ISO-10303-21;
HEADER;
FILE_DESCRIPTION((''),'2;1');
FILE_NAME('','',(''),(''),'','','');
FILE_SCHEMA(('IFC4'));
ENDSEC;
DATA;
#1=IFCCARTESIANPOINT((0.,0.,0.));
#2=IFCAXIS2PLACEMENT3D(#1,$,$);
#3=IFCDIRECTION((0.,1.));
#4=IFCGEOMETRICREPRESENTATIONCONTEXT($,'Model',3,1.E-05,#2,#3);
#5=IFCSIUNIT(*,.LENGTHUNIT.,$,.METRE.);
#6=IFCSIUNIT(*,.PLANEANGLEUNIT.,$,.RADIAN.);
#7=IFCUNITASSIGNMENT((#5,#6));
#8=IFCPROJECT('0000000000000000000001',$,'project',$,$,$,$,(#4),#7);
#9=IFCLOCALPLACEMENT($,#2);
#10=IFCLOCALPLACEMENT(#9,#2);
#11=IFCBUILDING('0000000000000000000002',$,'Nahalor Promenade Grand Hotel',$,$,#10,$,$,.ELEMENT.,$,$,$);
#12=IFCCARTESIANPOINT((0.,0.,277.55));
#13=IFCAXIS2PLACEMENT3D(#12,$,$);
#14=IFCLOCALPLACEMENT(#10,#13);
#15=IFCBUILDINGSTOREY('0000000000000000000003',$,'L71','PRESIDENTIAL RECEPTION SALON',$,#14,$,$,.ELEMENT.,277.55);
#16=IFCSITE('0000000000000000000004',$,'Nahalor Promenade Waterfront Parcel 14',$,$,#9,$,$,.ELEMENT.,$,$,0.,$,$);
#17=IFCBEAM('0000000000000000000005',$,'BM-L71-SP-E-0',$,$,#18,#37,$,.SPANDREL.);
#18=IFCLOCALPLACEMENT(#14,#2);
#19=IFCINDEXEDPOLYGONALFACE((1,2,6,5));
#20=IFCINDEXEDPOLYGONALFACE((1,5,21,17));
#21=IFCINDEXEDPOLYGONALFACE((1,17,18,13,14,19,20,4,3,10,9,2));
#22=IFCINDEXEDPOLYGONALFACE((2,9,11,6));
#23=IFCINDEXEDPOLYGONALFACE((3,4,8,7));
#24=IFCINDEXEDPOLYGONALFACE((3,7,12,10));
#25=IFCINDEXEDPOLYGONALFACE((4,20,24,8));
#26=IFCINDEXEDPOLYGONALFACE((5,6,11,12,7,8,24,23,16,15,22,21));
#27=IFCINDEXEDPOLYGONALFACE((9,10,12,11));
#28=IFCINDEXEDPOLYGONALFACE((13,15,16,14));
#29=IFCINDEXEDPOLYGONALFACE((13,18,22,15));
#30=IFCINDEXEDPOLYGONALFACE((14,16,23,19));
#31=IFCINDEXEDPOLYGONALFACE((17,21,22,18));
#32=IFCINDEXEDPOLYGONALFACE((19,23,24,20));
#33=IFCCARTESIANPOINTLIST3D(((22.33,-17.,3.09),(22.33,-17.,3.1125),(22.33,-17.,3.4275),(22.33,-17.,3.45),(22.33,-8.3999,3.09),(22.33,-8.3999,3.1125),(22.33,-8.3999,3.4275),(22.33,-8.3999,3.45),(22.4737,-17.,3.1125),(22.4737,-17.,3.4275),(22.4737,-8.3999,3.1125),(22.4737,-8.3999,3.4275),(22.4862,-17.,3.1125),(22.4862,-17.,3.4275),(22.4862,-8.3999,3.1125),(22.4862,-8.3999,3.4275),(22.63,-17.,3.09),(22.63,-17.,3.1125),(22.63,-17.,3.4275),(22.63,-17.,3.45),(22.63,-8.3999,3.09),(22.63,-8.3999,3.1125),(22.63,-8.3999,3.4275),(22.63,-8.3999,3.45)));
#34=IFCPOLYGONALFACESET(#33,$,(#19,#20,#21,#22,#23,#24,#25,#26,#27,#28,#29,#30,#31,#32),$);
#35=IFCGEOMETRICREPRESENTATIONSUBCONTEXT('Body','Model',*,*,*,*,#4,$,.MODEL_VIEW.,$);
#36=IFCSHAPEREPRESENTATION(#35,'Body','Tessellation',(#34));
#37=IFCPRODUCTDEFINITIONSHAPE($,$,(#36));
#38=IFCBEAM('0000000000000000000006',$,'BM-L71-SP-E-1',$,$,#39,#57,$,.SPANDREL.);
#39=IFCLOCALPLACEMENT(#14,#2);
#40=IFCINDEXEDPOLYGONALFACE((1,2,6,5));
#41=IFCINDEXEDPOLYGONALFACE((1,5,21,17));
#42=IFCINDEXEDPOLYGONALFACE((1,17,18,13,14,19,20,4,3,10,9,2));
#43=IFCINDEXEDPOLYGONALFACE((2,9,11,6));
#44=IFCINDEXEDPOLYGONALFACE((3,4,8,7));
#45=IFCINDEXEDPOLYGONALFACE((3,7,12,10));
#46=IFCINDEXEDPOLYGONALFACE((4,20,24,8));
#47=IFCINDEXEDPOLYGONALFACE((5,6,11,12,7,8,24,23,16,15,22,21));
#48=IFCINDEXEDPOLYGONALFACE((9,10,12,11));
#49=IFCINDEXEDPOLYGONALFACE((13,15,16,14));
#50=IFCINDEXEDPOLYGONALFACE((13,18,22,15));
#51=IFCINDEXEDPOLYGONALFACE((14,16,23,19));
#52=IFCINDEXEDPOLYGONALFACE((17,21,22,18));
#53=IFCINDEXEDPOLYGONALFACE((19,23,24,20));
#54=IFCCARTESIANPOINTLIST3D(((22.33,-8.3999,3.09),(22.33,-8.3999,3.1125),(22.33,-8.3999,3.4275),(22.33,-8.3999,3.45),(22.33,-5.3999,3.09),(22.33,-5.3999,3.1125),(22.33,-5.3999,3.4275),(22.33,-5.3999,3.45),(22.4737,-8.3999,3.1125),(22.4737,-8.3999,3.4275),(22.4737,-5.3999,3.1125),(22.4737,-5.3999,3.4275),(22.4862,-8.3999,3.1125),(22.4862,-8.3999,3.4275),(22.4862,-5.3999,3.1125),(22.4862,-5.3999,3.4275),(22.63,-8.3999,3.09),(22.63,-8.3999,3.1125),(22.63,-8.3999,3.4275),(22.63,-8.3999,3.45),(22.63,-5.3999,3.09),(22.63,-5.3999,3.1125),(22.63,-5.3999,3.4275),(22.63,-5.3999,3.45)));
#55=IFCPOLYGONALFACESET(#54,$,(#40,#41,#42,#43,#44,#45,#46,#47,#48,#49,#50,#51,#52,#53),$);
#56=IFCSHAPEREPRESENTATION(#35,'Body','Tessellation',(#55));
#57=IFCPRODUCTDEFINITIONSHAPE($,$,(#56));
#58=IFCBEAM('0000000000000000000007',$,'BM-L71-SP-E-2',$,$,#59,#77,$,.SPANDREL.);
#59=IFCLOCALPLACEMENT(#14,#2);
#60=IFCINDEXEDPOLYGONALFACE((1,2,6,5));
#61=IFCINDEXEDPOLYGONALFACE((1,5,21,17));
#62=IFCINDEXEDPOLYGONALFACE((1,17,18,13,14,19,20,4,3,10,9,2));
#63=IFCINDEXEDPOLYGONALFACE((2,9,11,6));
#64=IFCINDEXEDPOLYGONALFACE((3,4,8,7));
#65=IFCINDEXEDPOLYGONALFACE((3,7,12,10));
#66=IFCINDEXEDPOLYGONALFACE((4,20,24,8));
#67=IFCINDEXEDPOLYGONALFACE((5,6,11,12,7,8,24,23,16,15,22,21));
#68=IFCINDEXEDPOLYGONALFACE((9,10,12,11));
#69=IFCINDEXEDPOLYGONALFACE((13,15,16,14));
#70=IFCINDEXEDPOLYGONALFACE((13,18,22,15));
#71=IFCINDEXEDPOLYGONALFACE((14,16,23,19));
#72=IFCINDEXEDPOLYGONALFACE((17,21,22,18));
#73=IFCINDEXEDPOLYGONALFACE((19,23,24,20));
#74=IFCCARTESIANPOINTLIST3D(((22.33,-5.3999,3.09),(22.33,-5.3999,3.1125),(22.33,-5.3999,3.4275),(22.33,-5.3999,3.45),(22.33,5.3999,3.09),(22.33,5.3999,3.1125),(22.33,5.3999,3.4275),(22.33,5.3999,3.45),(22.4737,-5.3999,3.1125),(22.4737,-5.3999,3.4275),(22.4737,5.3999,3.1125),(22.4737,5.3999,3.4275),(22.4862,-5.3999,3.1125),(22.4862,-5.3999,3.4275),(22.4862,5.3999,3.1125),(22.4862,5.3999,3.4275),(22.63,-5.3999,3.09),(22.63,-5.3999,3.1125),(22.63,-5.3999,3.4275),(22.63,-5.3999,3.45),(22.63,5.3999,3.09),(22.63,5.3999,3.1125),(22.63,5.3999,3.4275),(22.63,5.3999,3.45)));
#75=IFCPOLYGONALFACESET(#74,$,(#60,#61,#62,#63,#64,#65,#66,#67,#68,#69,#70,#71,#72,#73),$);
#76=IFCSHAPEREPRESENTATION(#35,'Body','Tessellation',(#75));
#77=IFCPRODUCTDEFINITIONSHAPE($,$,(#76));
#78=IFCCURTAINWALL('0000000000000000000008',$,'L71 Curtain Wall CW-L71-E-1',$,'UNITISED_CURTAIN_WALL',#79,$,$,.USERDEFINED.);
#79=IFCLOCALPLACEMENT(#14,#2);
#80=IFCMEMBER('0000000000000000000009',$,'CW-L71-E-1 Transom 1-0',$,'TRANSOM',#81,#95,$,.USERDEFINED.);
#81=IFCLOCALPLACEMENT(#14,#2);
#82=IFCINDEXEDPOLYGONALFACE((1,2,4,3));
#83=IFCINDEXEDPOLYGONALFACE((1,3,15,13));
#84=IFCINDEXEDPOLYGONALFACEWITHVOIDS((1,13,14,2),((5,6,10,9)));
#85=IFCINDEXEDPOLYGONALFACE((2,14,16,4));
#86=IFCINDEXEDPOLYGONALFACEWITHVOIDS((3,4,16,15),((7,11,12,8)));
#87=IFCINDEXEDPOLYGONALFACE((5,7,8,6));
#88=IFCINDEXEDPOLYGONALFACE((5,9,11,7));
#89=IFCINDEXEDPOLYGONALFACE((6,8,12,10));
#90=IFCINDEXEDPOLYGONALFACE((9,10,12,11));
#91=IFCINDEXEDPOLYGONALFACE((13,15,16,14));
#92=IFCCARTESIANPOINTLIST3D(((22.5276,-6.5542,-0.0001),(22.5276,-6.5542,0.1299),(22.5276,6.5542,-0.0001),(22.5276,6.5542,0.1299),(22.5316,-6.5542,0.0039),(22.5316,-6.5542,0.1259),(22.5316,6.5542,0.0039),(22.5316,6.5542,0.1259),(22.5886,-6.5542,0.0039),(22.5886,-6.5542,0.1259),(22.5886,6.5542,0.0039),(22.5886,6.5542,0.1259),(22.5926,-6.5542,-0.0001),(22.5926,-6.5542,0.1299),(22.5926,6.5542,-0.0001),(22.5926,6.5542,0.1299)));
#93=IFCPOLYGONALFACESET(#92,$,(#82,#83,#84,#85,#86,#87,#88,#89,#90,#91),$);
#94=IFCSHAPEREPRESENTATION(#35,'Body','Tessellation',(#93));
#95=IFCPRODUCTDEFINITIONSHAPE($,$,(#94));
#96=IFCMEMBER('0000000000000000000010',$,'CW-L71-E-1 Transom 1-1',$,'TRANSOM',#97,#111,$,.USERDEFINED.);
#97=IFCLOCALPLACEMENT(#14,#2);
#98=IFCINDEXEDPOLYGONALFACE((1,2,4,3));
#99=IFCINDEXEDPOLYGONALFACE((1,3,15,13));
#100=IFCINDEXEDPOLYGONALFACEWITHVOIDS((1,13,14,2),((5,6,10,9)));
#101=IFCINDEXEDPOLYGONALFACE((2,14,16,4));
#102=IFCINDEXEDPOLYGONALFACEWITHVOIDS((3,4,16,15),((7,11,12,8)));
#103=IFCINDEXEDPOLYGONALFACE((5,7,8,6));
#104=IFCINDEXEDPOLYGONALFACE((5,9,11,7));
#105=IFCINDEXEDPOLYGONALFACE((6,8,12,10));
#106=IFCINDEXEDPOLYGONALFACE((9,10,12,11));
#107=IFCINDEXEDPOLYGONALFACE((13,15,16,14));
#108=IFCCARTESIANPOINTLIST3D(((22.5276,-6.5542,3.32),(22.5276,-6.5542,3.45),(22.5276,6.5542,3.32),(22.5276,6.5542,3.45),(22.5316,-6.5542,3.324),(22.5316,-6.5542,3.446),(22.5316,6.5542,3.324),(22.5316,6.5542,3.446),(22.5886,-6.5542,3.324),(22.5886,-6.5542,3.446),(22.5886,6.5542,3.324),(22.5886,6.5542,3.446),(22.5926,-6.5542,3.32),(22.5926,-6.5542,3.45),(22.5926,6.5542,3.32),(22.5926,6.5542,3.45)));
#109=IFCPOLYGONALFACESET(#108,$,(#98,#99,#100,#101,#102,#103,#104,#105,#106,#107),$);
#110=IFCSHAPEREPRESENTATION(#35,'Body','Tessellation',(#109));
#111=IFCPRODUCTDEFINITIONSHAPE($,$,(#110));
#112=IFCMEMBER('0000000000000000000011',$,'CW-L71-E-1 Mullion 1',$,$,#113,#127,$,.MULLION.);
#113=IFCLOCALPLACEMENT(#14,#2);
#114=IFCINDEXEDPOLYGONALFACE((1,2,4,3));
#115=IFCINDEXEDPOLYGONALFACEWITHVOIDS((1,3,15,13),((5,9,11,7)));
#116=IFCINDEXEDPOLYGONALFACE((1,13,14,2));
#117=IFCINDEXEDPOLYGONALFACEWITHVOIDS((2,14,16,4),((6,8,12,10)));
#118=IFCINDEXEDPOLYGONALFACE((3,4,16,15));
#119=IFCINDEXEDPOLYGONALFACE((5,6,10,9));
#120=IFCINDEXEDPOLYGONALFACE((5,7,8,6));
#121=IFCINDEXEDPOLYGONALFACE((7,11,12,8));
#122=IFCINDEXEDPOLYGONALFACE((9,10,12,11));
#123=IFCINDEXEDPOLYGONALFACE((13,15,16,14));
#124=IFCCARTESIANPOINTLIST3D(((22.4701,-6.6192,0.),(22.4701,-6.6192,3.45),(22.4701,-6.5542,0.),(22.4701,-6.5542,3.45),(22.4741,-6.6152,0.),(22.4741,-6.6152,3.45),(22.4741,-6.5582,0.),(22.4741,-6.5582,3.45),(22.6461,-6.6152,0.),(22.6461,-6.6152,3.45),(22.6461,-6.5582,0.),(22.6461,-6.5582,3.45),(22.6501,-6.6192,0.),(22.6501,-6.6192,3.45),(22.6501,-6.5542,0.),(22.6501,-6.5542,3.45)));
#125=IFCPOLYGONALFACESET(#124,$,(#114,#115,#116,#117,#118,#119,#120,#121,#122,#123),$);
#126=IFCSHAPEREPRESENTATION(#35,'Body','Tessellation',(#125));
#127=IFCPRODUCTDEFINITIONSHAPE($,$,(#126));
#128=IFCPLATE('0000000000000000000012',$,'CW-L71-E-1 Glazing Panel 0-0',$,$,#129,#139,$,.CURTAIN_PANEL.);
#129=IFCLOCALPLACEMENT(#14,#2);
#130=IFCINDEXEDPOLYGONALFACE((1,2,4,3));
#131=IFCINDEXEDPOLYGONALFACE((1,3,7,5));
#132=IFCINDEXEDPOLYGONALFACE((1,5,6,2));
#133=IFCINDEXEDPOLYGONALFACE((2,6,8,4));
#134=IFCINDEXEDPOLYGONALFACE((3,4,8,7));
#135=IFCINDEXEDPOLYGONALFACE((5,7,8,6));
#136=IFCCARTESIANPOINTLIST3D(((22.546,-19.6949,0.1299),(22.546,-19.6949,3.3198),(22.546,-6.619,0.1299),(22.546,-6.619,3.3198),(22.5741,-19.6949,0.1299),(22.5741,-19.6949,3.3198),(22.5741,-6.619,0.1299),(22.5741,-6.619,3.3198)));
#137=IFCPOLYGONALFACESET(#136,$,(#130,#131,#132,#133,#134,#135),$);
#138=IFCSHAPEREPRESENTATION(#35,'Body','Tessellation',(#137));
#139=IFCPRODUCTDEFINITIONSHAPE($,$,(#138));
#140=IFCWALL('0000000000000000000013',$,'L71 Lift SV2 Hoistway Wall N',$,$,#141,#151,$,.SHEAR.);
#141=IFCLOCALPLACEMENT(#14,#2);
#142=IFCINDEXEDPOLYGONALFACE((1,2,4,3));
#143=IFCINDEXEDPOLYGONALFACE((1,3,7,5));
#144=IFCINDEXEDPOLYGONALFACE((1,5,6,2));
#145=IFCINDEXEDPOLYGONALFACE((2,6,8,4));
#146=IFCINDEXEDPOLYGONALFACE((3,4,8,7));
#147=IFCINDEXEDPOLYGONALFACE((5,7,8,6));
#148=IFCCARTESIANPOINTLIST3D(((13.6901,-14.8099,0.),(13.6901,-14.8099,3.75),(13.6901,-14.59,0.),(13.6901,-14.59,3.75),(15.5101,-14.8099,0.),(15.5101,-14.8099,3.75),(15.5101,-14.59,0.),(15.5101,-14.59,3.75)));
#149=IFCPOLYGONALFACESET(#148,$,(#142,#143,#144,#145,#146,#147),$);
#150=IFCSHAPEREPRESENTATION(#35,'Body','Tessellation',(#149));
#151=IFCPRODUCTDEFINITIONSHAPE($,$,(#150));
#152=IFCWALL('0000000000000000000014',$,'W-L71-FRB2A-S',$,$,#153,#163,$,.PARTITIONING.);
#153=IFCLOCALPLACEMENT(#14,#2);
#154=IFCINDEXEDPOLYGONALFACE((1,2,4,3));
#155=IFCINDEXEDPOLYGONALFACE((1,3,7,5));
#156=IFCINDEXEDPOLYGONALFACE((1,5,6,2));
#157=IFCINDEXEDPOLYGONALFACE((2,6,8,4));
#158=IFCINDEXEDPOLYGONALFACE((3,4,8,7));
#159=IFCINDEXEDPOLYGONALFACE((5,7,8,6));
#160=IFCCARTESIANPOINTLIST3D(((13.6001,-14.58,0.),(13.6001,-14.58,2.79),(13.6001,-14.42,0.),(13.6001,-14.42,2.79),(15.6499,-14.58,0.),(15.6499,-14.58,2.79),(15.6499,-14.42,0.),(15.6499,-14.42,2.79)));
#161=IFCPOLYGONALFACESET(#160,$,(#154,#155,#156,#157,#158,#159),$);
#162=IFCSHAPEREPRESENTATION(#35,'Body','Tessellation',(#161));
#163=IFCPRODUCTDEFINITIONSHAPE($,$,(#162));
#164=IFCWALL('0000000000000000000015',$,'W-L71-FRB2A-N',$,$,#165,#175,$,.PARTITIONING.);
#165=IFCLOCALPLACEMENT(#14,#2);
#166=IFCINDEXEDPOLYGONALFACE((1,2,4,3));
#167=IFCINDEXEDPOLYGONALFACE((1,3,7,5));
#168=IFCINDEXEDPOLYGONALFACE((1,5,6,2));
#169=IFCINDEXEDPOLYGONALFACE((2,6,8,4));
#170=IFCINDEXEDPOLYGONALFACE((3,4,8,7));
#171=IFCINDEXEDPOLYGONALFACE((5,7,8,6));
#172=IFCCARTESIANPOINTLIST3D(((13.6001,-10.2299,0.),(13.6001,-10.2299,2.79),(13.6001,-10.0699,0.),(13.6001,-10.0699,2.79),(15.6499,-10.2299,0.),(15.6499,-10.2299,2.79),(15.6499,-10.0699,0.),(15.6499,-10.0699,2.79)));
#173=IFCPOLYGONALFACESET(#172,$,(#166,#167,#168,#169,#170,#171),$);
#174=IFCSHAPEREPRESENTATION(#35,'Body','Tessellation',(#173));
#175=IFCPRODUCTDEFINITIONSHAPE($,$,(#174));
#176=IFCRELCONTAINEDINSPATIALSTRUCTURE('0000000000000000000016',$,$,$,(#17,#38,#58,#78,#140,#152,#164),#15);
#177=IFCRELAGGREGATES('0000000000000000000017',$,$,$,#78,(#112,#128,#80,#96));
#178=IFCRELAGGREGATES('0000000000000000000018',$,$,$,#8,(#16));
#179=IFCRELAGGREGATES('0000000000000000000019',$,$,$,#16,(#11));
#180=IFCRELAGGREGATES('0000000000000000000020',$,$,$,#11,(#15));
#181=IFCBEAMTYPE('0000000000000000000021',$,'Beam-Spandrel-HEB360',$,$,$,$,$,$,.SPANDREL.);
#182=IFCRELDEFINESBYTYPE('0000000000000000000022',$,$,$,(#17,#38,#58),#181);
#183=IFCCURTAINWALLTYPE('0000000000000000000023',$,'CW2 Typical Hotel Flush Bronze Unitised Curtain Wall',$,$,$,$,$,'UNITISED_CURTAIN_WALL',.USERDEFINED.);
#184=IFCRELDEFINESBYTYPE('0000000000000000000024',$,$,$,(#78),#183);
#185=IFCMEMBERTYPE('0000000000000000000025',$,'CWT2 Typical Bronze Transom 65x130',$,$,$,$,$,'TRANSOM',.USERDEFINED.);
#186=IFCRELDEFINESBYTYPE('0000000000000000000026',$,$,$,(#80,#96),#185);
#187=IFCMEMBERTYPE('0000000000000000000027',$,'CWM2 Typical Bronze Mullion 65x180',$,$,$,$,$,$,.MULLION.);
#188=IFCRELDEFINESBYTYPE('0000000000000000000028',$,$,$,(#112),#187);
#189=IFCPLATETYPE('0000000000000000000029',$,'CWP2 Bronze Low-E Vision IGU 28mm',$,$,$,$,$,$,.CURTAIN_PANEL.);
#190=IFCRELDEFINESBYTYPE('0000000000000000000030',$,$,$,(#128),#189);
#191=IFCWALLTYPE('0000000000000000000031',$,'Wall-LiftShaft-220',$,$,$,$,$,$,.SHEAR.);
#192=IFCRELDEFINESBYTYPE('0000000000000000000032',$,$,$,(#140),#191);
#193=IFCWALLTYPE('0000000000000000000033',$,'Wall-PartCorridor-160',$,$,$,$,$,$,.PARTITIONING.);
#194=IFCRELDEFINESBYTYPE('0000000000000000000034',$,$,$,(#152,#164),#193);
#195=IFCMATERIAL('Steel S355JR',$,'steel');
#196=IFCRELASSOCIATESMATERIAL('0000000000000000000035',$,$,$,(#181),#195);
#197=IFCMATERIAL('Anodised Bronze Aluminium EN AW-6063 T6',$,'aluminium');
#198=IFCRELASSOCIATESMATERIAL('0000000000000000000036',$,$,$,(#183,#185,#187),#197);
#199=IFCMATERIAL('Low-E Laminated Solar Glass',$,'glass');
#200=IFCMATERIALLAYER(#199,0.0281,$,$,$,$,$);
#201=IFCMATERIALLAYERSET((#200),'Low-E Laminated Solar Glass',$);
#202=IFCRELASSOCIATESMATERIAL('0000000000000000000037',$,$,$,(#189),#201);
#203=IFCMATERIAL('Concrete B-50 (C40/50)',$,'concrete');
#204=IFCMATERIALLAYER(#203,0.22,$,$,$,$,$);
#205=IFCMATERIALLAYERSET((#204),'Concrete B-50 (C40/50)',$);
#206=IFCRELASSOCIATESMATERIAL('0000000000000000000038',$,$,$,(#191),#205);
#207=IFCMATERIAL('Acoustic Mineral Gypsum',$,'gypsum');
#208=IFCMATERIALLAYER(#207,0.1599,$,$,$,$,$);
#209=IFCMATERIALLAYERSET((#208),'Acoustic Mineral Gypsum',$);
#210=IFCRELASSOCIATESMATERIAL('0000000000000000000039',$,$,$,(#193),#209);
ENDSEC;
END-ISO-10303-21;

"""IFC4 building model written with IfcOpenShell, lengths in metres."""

from ifc_helpers import new_model, si_unit, direction, frame, frame_2d, origin, origin_2d, place, context, subcontext, project, spatial, rectangle, hollow_rectangle, i_section, extrude, source, transform, mapped, material, layer, layer_set, material_profile, profile_set, type_object, element, aggregate, save


model = new_model("IFC4")

# Units and contexts
model_context = context("Model", 3, precision=1e-05, world=origin(), true_north=direction((0.0, 1.0)))
body_context = subcontext(model_context, "Body", "Model", "MODEL_VIEW")
ifc_project = project(units=[si_unit("LENGTHUNIT", "METRE"), si_unit("PLANEANGLEUNIT", "RADIAN")], contexts=[model_context])

# Site, building, storey
site_placement = place(None, origin())
site = spatial("IfcSite", under=ifc_project, at=site_placement, Name="Nahalor Promenade Waterfront Parcel 14", CompositionType="ELEMENT", RefElevation=0.0)
building_placement = place(site_placement, origin())
building = spatial("IfcBuilding", under=site, at=building_placement, Name="Nahalor Promenade Grand Hotel", CompositionType="ELEMENT")
storey_placement = place(building_placement, frame((0.0, 0.0, 277.55)))
storey = spatial("IfcBuildingStorey", under=building, at=storey_placement, Name="L71", Description="PRESIDENTIAL RECEPTION SALON", CompositionType="ELEMENT", Elevation=277.55)

# Shared definitions
ifc_material_1 = material(Name="Steel S355JR", Category="steel")

# Beams
ifc_material_profile_1 = material_profile(ifc_material_1, i_section(OverallWidth=0.3, OverallDepth=0.36, WebThickness=0.0125, FlangeThickness=0.0225, at=origin_2d()), Name="HEB 360")
ifc_profile_set_1 = profile_set([ifc_material_profile_1], Name="Steel S355JR")
beam_type_1 = type_object("IfcBeamType", Name="Beam-Spandrel-HEB360", PredefinedType="SPANDREL", material=ifc_profile_set_1)
shared_shape_1 = source(origin(), body_context, "Body", "SweptSolid", [
    extrude(i_section(OverallWidth=0.3, OverallDepth=0.36, WebThickness=0.0125, FlangeThickness=0.0225, at=origin_2d()), origin(), (0.0, 0.0, 1.0), 8.6001),
])
beam_1_placement = place(storey_placement, frame((22.48, -17.0, 3.27), z_axis=(0.0, 1.0, 0.0), x_axis=(-1.0, 0.0, 0.0)))
element("IfcBeam", 1, at=beam_1_placement, inside=storey, type_object=beam_type_1, Name="BM-L71-SP-E-0", PredefinedType="SPANDREL", context=body_context, shape_type="MappedRepresentation", body=[
    mapped(shared_shape_1, transform((0.0, 0.0, 0.0), scale=1.0)),
])
shared_shape_2 = source(origin(), body_context, "Body", "SweptSolid", [
    extrude(i_section(OverallWidth=0.3, OverallDepth=0.36, WebThickness=0.0125, FlangeThickness=0.0225, at=origin_2d()), origin(), (0.0, 0.0, 1.0), 3.0),
])
beam_2_placement = place(storey_placement, frame((22.48, -8.3999, 3.27), z_axis=(0.0, 1.0, 0.0), x_axis=(-1.0, 0.0, 0.0)))
element("IfcBeam", 2, at=beam_2_placement, inside=storey, type_object=beam_type_1, Name="BM-L71-SP-E-1", PredefinedType="SPANDREL", context=body_context, shape_type="MappedRepresentation", body=[
    mapped(shared_shape_2, transform((0.0, 0.0, 0.0), scale=1.0)),
])
shared_shape_3 = source(origin(), body_context, "Body", "SweptSolid", [
    extrude(i_section(OverallWidth=0.3, OverallDepth=0.36, WebThickness=0.0125, FlangeThickness=0.0225, at=origin_2d()), origin(), (0.0, 0.0, 1.0), 10.7998),
])
beam_3_placement = place(storey_placement, frame((22.48, -5.3999, 3.27), z_axis=(0.0, 1.0, 0.0), x_axis=(-1.0, 0.0, 0.0)))
element("IfcBeam", 3, at=beam_3_placement, inside=storey, type_object=beam_type_1, Name="BM-L71-SP-E-2", PredefinedType="SPANDREL", context=body_context, shape_type="MappedRepresentation", body=[
    mapped(shared_shape_3, transform((0.0, 0.0, 0.0), scale=1.0)),
])

# Curtain wall, members, plate
ifc_material_2 = material(Name="Anodised Bronze Aluminium EN AW-6063 T6", Category="aluminium")
curtain_wall_type = type_object("IfcCurtainWallType", Name="CW2 Typical Hotel Flush Bronze Unitised Curtain Wall", ElementType="UNITISED_CURTAIN_WALL", PredefinedType="USERDEFINED", material=ifc_material_2)
curtain_wall_placement = place(storey_placement, origin())
curtain_wall = element("IfcCurtainWall", 4, at=curtain_wall_placement, inside=storey, type_object=curtain_wall_type, Name="L71 Curtain Wall CW-L71-E-1", ObjectType="UNITISED_CURTAIN_WALL", PredefinedType="USERDEFINED")
ifc_material_profile_2 = material_profile(ifc_material_2, hollow_rectangle(XDim=0.065, YDim=0.13, WallThickness=0.004, at=origin_2d()), Name="CWT 65x130x4")
ifc_profile_set_2 = profile_set([ifc_material_profile_2], Name="Anodised Bronze Aluminium EN AW-6063 T6")
member_type_1 = type_object("IfcMemberType", Name="CWT2 Typical Bronze Transom 65x130", ElementType="TRANSOM", PredefinedType="USERDEFINED", material=ifc_profile_set_2)
shared_shape_4 = source(origin(), body_context, "Body", "SweptSolid", [
    extrude(hollow_rectangle(XDim=0.065, YDim=0.13, WallThickness=0.004, at=origin_2d()), origin(), (0.0, 0.0, 1.0), 13.1084),
])
member_1_placement = place(storey_placement, frame((22.5601, -6.5542, 0.0649), z_axis=(0.0, 1.0, 0.0), x_axis=(-1.0, 0.0, 0.0)))
member_1 = element("IfcMember", 5, at=member_1_placement, type_object=member_type_1, Name="CW-L71-E-1 Transom 1-0", ObjectType="TRANSOM", PredefinedType="USERDEFINED", context=body_context, shape_type="MappedRepresentation", body=[
    mapped(shared_shape_4, transform((0.0, 0.0, 0.0), scale=1.0)),
])
member_2_placement = place(storey_placement, frame((22.5601, -6.5542, 3.385), z_axis=(0.0, 1.0, 0.0), x_axis=(-1.0, 0.0, 0.0)))
member_2 = element("IfcMember", 6, at=member_2_placement, type_object=member_type_1, Name="CW-L71-E-1 Transom 1-1", ObjectType="TRANSOM", PredefinedType="USERDEFINED", context=body_context, shape_type="MappedRepresentation", body=[
    mapped(shared_shape_4, transform((0.0, 0.0, 0.0), scale=1.0)),
])
ifc_material_profile_3 = material_profile(ifc_material_2, hollow_rectangle(XDim=0.065, YDim=0.18, WallThickness=0.004, at=origin_2d()), Name="CWM 65x180x4")
ifc_profile_set_3 = profile_set([ifc_material_profile_3], Name="Anodised Bronze Aluminium EN AW-6063 T6")
member_type_2 = type_object("IfcMemberType", Name="CWM2 Typical Bronze Mullion 65x180", PredefinedType="MULLION", material=ifc_profile_set_3)
shared_shape_5 = source(origin(), body_context, "Body", "SweptSolid", [
    extrude(hollow_rectangle(XDim=0.065, YDim=0.18, WallThickness=0.004, at=origin_2d()), origin(), (0.0, 0.0, 1.0), 3.45),
])
member_3_placement = place(storey_placement, frame((22.5601, -6.5867, 0.0), z_axis=(0.0, 0.0, 1.0), x_axis=(0.0, 1.0, 0.0)))
member_3 = element("IfcMember", 7, at=member_3_placement, type_object=member_type_2, Name="CW-L71-E-1 Mullion 1", PredefinedType="MULLION", context=body_context, shape_type="MappedRepresentation", body=[
    mapped(shared_shape_5, transform((0.0, 0.0, 0.0), scale=1.0)),
])
ifc_material_3 = material(Name="Low-E Laminated Solar Glass", Category="glass")
ifc_layer_1 = layer(ifc_material_3, 0.0281)
ifc_layer_set_1 = layer_set([ifc_layer_1], Name="Low-E Laminated Solar Glass")
plate_type = type_object("IfcPlateType", Name="CWP2 Bronze Low-E Vision IGU 28mm", PredefinedType="CURTAIN_PANEL", material=ifc_layer_set_1)
shared_shape_6 = source(origin(), body_context, "Body", "SweptSolid", [
    extrude(rectangle(XDim=13.0759, YDim=0.0281, at=origin_2d()), origin(), (0.0, 0.0, 1.0), 3.1899),
])
plate_placement = place(storey_placement, frame((22.5601, -13.157, 0.1299), z_axis=(0.0, 0.0, 1.0), x_axis=(0.0, 1.0, 0.0)))
plate = element("IfcPlate", 8, at=plate_placement, type_object=plate_type, Name="CW-L71-E-1 Glazing Panel 0-0", PredefinedType="CURTAIN_PANEL", context=body_context, shape_type="MappedRepresentation", body=[
    mapped(shared_shape_6, transform((0.0, 0.0, 0.0), scale=1.0)),
])
aggregate(curtain_wall, [member_3, plate, member_1, member_2])

# Walls
ifc_material_4 = material(Name="Concrete B-50 (C40/50)", Category="concrete")
ifc_layer_2 = layer(ifc_material_4, 0.22)
ifc_layer_set_2 = layer_set([ifc_layer_2], Name="Concrete B-50 (C40/50)")
wall_type_1 = type_object("IfcWallType", Name="Wall-LiftShaft-220", PredefinedType="SHEAR", material=ifc_layer_set_2)
shared_shape_7 = source(origin(), body_context, "Body", "SweptSolid", [
    extrude(rectangle(XDim=1.8201, YDim=0.22, at=frame_2d((0.9102, 0.0))), origin(), (0.0, 0.0, 1.0), 3.75),
])
wall_1_placement = place(storey_placement, frame((13.6899, -14.7, 0.0), z_axis=(0.0, 0.0, 1.0), x_axis=(1.0, 0.0, 0.0)))
element("IfcWall", 9, at=wall_1_placement, inside=storey, type_object=wall_type_1, Name="L71 Lift SV2 Hoistway Wall N", PredefinedType="SHEAR", context=body_context, shape_type="MappedRepresentation", body=[
    mapped(shared_shape_7, transform((0.0, 0.0, 0.0), scale=1.0)),
])
ifc_material_5 = material(Name="Acoustic Mineral Gypsum", Category="gypsum")
ifc_layer_3 = layer(ifc_material_5, 0.1599)
ifc_layer_set_3 = layer_set([ifc_layer_3], Name="Acoustic Mineral Gypsum")
wall_type_2 = type_object("IfcWallType", Name="Wall-PartCorridor-160", PredefinedType="PARTITIONING", material=ifc_layer_set_3)
shared_shape_8 = source(origin(), body_context, "Body", "SweptSolid", [
    extrude(rectangle(XDim=2.0498, YDim=0.1599, at=frame_2d((1.0249, 0.0))), origin(), (0.0, 0.0, 1.0), 2.79),
])
for number, where, z_axis, x_axis, name in (
    (10, (13.6001, -14.5, 0.0), (0.0, 0.0, 1.0), (1.0, 0.0, 0.0), "W-L71-FRB2A-S"),
    (11, (13.6001, -10.1499, 0.0), (0.0, 0.0, 1.0), (1.0, 0.0, 0.0), "W-L71-FRB2A-N"),
):
    element("IfcWall", number, at=place(storey_placement, frame(where, z_axis=z_axis, x_axis=x_axis)), inside=storey, type_object=wall_type_2, Name=name, PredefinedType="PARTITIONING", context=body_context, shape_type="MappedRepresentation", body=[
        mapped(shared_shape_8, transform((0.0, 0.0, 0.0), scale=1.0)),
    ])

save(model, "model.ifc")
